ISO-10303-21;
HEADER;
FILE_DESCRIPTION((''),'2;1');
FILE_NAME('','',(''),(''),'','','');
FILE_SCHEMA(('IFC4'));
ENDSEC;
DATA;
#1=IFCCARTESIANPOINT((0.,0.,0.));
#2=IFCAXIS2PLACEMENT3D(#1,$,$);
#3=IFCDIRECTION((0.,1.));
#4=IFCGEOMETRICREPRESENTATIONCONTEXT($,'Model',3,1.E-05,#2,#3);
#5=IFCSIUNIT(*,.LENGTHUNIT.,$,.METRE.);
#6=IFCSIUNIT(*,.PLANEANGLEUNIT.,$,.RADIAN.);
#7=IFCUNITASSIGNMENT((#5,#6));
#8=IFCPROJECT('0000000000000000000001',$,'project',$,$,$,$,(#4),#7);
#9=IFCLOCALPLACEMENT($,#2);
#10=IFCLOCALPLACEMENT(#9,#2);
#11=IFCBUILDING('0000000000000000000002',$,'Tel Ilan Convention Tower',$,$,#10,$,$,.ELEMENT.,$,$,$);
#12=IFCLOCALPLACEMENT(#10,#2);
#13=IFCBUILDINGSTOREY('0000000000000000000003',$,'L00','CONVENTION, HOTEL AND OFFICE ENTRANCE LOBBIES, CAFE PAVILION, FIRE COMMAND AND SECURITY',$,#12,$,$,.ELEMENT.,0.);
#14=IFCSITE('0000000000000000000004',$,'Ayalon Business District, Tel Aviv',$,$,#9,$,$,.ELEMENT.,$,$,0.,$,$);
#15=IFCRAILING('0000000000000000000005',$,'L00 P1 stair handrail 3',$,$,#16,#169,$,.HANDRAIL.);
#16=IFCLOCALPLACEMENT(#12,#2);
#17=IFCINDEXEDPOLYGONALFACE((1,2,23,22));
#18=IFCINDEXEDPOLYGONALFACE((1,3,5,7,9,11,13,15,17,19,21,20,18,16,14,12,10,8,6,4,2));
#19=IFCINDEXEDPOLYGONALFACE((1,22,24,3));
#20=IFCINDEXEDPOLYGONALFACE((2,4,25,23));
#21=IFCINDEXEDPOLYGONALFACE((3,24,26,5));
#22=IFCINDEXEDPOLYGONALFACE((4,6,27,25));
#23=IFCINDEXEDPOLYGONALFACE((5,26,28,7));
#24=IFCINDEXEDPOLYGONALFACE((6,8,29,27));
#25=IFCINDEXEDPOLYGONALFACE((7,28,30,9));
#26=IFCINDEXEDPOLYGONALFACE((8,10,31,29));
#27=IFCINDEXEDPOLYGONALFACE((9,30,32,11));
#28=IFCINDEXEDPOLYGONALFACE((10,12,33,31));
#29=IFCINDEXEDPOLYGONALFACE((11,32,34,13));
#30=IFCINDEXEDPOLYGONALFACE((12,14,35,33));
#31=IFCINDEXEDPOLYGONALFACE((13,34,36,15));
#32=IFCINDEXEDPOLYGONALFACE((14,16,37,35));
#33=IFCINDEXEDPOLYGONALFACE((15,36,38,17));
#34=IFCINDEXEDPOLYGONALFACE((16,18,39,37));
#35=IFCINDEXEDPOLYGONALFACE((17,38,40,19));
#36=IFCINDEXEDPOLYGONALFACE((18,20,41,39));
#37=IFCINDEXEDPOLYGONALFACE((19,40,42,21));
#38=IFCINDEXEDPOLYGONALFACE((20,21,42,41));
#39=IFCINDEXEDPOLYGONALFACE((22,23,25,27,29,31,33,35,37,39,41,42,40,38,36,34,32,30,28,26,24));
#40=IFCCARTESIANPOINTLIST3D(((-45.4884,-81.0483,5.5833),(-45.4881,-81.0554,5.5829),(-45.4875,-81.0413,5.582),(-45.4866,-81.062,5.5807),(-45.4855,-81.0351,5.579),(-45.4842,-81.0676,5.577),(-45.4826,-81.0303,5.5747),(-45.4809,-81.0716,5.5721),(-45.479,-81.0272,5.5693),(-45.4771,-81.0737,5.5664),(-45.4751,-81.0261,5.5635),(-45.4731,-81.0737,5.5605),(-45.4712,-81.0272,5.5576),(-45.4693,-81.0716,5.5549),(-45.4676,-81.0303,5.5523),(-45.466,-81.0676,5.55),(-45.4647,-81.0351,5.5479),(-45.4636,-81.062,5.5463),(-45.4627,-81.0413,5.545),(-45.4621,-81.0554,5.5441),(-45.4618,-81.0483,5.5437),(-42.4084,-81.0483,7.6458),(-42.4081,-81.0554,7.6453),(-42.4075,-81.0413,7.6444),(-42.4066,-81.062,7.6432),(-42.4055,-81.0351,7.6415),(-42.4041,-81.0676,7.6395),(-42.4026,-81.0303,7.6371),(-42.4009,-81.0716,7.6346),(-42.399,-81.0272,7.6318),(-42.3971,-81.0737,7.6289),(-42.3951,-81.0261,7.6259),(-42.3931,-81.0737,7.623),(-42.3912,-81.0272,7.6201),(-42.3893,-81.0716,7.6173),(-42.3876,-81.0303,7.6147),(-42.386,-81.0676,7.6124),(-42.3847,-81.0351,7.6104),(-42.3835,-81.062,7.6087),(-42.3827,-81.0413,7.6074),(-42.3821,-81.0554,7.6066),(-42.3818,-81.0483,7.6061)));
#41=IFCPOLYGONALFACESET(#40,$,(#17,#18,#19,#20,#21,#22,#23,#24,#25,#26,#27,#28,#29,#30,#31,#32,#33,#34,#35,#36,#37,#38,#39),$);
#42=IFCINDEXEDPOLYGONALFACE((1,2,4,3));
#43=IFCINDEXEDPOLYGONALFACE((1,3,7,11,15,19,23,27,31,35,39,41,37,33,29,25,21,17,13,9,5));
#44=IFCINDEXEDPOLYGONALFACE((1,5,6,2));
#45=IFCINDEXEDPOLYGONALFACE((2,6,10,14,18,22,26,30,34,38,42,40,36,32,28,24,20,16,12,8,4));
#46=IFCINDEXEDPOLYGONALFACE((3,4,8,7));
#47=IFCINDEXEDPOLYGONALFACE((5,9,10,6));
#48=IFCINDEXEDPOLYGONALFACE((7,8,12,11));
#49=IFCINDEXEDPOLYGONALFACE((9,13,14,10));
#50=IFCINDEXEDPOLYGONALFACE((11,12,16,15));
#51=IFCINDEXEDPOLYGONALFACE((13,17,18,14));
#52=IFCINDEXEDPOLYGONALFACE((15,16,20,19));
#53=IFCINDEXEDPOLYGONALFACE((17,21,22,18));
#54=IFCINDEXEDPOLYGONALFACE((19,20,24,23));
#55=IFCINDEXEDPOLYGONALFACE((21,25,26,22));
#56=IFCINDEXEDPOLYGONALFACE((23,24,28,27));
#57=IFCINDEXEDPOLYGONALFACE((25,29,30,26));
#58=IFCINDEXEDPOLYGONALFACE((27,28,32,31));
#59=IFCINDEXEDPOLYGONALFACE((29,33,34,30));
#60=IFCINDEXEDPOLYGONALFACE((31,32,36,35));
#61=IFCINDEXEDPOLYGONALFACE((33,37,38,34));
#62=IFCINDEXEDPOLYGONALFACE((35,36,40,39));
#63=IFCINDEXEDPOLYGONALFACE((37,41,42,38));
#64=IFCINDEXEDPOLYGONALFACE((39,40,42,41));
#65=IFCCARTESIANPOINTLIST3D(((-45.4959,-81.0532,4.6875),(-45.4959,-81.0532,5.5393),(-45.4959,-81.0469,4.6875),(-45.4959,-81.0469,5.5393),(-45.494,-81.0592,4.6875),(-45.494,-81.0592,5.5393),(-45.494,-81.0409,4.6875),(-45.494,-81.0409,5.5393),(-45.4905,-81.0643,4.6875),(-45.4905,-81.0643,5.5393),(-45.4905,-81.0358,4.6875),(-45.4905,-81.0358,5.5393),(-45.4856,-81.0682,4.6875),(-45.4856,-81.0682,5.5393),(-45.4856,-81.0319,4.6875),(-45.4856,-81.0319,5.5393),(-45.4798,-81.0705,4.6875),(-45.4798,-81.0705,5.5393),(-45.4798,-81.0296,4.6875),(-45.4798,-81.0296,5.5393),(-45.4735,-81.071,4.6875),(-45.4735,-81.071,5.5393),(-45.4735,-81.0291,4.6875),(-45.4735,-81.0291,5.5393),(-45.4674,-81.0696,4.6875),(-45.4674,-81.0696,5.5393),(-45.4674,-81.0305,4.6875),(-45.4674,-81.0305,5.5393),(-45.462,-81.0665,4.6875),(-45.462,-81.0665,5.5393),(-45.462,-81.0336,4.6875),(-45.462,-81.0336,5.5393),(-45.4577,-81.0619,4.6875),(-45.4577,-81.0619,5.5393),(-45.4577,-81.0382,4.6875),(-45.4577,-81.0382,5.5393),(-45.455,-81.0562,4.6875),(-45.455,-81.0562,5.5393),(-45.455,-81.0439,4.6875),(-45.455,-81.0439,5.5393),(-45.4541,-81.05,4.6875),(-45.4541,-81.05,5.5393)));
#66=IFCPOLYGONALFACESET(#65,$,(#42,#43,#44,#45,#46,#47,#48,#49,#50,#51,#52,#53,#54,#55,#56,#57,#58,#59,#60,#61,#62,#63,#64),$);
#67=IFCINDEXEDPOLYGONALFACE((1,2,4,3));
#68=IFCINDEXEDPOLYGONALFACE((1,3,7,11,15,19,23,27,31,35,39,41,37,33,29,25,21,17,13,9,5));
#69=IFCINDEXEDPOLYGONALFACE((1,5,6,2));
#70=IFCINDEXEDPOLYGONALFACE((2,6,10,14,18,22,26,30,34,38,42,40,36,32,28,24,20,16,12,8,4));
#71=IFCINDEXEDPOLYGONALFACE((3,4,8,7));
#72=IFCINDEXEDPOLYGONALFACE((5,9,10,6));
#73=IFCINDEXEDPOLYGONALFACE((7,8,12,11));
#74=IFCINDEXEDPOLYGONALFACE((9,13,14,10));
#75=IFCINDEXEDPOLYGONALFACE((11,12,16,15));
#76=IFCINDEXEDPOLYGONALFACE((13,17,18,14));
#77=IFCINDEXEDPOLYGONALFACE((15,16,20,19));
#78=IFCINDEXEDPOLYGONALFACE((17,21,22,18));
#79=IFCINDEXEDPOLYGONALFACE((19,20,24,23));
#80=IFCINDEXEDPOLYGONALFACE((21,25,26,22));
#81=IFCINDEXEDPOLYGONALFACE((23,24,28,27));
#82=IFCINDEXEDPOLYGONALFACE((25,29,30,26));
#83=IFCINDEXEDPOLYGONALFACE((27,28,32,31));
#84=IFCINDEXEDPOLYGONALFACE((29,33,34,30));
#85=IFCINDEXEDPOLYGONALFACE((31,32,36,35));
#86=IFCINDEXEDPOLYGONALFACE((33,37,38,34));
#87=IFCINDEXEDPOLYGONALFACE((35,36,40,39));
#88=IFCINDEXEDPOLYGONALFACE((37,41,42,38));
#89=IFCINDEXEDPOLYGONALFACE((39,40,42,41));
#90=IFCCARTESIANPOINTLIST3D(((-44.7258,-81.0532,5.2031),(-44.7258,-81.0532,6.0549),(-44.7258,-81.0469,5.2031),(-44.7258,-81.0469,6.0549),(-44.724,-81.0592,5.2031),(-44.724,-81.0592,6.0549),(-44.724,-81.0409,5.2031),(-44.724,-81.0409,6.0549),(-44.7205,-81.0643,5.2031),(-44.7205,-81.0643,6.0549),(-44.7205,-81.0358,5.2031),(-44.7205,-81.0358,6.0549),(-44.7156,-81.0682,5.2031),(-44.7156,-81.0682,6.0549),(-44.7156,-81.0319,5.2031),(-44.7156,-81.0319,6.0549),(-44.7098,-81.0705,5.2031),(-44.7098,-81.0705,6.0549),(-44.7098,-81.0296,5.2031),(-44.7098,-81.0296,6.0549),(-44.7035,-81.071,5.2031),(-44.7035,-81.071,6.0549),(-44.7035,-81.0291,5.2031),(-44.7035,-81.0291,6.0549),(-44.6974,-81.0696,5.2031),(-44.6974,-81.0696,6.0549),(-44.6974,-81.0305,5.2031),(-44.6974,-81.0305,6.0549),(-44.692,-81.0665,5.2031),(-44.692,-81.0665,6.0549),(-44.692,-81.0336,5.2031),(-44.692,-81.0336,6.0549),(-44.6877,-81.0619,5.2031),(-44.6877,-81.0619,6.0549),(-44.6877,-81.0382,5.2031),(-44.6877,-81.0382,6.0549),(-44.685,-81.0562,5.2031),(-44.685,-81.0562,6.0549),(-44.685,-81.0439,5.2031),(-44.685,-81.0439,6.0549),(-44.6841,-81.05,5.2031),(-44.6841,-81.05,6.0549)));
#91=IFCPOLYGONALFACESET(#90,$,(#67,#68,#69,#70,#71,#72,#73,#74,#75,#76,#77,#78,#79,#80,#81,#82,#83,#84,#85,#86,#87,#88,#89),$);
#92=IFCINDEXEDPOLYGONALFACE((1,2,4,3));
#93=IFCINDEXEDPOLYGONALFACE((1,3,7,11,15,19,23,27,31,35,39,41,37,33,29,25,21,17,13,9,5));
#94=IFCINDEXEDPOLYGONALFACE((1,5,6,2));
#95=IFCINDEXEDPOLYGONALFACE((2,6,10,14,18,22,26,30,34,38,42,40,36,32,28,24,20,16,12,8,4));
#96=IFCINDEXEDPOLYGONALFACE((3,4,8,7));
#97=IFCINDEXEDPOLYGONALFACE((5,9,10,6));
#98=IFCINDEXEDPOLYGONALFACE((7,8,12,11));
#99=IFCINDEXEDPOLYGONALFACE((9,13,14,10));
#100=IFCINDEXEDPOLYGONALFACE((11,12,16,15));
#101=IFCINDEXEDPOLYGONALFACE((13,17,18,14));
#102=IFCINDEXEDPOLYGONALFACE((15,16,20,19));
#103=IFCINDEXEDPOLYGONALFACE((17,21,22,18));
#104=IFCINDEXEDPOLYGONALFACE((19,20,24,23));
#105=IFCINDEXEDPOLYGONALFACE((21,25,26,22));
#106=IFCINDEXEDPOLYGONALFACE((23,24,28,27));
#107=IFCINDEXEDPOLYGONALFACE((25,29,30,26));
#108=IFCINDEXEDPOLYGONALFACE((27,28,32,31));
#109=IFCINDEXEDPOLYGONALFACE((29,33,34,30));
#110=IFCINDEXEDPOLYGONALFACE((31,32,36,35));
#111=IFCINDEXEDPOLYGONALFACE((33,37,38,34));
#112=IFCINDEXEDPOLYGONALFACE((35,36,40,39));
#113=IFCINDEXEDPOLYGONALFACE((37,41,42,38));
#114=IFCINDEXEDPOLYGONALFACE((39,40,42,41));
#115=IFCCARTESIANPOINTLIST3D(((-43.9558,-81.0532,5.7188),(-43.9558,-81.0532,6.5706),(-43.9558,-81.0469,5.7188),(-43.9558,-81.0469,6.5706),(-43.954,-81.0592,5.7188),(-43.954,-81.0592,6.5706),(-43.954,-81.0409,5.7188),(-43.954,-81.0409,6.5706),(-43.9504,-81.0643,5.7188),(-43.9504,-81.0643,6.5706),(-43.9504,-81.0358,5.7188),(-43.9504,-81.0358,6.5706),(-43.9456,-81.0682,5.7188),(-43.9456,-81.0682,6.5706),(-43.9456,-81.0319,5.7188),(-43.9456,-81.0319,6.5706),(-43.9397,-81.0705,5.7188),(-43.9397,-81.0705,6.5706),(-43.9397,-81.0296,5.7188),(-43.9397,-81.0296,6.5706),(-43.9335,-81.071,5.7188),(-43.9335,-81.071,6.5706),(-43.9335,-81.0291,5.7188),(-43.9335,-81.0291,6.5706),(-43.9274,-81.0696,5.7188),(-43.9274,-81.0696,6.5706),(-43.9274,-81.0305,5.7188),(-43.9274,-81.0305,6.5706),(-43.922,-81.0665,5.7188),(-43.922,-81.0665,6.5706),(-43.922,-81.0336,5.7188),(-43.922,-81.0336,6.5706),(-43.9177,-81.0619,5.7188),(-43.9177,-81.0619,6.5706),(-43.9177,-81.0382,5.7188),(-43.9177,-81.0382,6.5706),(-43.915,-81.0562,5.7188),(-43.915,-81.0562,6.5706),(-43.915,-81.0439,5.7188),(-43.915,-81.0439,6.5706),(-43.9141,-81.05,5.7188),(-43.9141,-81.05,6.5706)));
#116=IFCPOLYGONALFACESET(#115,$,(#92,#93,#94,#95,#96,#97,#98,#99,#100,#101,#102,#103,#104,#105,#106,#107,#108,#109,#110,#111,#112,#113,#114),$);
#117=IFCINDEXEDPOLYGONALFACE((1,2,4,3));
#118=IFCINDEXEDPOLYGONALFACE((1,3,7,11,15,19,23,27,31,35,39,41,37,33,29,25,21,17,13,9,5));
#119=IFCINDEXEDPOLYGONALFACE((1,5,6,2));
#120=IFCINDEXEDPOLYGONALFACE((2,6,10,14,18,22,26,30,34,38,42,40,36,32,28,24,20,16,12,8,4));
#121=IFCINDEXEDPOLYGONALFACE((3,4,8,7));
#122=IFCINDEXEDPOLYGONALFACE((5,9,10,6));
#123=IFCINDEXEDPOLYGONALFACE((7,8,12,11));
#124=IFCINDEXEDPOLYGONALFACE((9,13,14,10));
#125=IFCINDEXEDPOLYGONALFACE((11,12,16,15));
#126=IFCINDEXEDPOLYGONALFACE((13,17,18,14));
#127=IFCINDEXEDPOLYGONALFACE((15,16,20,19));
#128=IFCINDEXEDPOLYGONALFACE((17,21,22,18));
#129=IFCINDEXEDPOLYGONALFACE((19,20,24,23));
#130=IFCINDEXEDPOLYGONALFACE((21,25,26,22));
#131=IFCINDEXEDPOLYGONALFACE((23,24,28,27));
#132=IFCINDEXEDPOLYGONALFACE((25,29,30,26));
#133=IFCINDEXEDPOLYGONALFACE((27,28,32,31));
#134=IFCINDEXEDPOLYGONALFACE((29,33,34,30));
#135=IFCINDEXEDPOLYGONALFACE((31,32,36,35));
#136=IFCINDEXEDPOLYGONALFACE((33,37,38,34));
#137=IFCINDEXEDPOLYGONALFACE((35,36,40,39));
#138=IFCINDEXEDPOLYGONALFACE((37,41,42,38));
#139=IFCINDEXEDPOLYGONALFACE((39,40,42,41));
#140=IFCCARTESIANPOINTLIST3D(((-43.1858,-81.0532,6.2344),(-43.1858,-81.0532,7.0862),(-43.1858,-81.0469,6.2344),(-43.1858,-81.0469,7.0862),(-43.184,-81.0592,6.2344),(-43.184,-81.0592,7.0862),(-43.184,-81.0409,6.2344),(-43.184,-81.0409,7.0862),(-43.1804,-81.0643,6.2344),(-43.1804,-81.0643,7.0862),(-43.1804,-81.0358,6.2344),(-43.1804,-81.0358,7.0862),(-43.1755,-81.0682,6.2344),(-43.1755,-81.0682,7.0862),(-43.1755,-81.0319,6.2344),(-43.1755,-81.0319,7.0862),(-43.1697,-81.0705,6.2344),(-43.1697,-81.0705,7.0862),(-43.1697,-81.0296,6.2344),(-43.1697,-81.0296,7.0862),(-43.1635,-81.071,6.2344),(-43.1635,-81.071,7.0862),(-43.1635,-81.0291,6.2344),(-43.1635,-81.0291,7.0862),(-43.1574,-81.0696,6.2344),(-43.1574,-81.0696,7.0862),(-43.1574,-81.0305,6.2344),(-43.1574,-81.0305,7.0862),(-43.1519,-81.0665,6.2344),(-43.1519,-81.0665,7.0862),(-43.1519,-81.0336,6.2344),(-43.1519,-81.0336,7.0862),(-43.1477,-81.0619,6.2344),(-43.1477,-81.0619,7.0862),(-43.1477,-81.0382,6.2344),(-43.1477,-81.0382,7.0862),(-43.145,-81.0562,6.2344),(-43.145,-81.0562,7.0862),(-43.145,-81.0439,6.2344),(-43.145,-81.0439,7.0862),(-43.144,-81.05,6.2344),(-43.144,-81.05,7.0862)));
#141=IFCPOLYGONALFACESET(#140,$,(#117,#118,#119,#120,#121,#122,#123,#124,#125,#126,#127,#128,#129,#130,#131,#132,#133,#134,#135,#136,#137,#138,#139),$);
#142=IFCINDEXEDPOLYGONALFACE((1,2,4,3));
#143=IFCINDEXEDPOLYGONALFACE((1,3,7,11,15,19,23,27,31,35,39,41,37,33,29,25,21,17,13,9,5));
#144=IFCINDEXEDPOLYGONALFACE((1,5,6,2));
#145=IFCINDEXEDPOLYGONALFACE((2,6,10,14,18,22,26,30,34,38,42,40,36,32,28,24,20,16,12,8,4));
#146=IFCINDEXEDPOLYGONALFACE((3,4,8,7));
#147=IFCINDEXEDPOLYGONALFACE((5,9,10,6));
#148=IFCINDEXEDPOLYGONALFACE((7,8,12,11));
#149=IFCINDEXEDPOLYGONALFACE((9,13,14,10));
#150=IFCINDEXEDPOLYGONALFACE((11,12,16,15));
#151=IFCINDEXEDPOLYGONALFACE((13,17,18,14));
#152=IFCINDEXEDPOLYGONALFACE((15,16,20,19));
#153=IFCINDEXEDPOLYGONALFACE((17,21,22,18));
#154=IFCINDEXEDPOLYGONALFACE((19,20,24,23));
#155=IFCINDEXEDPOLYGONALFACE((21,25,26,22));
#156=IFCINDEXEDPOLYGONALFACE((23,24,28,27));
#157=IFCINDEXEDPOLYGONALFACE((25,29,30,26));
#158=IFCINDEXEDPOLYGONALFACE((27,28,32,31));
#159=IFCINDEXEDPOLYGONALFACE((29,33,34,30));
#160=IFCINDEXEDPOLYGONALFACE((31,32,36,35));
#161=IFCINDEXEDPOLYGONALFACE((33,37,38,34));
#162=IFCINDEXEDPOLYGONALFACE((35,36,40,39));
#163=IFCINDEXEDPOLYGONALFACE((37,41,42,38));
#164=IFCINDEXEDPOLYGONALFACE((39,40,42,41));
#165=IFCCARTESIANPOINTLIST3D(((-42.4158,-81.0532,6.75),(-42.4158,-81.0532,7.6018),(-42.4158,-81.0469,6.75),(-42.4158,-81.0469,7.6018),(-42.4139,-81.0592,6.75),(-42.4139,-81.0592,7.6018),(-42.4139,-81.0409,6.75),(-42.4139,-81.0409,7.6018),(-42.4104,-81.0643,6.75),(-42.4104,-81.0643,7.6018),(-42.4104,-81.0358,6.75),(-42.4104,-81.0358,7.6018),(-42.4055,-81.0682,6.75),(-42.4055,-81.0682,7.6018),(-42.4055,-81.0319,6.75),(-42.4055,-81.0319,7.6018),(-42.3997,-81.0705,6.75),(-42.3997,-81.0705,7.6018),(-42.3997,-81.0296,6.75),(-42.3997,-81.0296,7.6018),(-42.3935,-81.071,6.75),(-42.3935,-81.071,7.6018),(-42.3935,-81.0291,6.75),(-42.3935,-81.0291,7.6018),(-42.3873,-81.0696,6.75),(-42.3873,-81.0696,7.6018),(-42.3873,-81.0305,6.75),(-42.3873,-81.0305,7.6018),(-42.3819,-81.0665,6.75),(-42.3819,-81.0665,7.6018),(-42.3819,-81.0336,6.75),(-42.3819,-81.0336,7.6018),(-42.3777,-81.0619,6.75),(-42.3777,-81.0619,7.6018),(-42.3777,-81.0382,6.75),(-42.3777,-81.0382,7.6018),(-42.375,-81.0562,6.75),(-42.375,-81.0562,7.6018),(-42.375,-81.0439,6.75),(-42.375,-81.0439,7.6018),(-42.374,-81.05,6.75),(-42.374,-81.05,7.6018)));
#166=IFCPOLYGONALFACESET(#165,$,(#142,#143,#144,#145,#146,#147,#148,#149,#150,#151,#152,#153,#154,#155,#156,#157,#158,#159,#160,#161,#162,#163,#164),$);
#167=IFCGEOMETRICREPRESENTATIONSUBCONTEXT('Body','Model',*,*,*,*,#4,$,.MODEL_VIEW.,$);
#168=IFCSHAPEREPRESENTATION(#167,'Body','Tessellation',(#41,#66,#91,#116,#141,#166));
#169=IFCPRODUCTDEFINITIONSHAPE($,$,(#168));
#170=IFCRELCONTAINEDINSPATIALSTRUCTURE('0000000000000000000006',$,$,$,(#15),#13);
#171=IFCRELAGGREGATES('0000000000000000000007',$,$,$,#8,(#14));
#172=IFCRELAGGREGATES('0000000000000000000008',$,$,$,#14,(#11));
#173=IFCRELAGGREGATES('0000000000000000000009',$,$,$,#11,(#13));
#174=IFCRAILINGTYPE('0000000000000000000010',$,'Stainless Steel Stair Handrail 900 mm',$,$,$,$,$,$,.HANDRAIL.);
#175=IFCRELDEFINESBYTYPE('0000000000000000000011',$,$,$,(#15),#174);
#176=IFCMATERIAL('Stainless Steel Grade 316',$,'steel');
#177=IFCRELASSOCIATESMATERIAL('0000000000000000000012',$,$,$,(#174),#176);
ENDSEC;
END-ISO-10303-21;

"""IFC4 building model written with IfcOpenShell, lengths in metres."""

from ifc_helpers import new_model, si_unit, direction, frame, origin, origin_2d, place, context, subcontext, project, spatial, circle, extrude, material, type_object, element, save


model = new_model("IFC4")

# Units and contexts
model_context = context("Model", 3, precision=1e-05, world=origin(), true_north=direction((0.0, 1.0)))
body_context = subcontext(model_context, "Body", "Model", "MODEL_VIEW")
ifc_project = project(units=[si_unit("LENGTHUNIT", "METRE"), si_unit("PLANEANGLEUNIT", "RADIAN")], contexts=[model_context])

# Site, building, storey
site_placement = place(None, origin())
site = spatial("IfcSite", under=ifc_project, at=site_placement, Name="Ayalon Business District, Tel Aviv", CompositionType="ELEMENT", RefElevation=0.0)
building_placement = place(site_placement, origin())
building = spatial("IfcBuilding", under=site, at=building_placement, Name="Tel Ilan Convention Tower", CompositionType="ELEMENT")
storey_placement = place(building_placement, origin())
storey = spatial("IfcBuildingStorey", under=building, at=storey_placement, Name="L00", Description="CONVENTION, HOTEL AND OFFICE ENTRANCE LOBBIES, CAFE PAVILION, FIRE COMMAND AND SECURITY", CompositionType="ELEMENT", Elevation=0.0)

# Railing
ifc_material_1 = material(Name="Stainless Steel Grade 316", Category="steel")
railing_type_1 = type_object("IfcRailingType", Name="Stainless Steel Stair Handrail 900 mm", PredefinedType="HANDRAIL", material=ifc_material_1)
for number, where, name in (
    (1, (-45.4751, -81.05, 4.6875), "L00 P1 stair handrail 3"),
):
    element("IfcRailing", number, at=place(storey_placement, frame(where)), inside=storey, type_object=railing_type_1, Name=name, PredefinedType="HANDRAIL", context=body_context, shape_type="SweptSolid", body=[
        extrude(circle(Radius=0.0239, at=origin_2d()), frame((0.0, 0.0, 0.876), z_axis=(0.830914, 0.0, 0.556401), x_axis=(0.0, 1.0, 0.0)), (0.0, 0.0, 1.0), 3.7068),
        extrude(circle(Radius=0.021, at=origin_2d()), origin(), (0.0, 0.0, 1.0), 0.8518),
        extrude(circle(Radius=0.021, at=origin_2d()), frame((0.77, 0.0, 0.5156)), (0.0, 0.0, 1.0), 0.8518),
        extrude(circle(Radius=0.021, at=origin_2d()), frame((1.54, 0.0, 1.0312)), (0.0, 0.0, 1.0), 0.8518),
        extrude(circle(Radius=0.021, at=origin_2d()), frame((2.3101, 0.0, 1.5469)), (0.0, 0.0, 1.0), 0.8518),
        extrude(circle(Radius=0.021, at=origin_2d()), frame((3.0801, 0.0, 2.0625)), (0.0, 0.0, 1.0), 0.8518),
    ])

save(model, "model.ifc")
